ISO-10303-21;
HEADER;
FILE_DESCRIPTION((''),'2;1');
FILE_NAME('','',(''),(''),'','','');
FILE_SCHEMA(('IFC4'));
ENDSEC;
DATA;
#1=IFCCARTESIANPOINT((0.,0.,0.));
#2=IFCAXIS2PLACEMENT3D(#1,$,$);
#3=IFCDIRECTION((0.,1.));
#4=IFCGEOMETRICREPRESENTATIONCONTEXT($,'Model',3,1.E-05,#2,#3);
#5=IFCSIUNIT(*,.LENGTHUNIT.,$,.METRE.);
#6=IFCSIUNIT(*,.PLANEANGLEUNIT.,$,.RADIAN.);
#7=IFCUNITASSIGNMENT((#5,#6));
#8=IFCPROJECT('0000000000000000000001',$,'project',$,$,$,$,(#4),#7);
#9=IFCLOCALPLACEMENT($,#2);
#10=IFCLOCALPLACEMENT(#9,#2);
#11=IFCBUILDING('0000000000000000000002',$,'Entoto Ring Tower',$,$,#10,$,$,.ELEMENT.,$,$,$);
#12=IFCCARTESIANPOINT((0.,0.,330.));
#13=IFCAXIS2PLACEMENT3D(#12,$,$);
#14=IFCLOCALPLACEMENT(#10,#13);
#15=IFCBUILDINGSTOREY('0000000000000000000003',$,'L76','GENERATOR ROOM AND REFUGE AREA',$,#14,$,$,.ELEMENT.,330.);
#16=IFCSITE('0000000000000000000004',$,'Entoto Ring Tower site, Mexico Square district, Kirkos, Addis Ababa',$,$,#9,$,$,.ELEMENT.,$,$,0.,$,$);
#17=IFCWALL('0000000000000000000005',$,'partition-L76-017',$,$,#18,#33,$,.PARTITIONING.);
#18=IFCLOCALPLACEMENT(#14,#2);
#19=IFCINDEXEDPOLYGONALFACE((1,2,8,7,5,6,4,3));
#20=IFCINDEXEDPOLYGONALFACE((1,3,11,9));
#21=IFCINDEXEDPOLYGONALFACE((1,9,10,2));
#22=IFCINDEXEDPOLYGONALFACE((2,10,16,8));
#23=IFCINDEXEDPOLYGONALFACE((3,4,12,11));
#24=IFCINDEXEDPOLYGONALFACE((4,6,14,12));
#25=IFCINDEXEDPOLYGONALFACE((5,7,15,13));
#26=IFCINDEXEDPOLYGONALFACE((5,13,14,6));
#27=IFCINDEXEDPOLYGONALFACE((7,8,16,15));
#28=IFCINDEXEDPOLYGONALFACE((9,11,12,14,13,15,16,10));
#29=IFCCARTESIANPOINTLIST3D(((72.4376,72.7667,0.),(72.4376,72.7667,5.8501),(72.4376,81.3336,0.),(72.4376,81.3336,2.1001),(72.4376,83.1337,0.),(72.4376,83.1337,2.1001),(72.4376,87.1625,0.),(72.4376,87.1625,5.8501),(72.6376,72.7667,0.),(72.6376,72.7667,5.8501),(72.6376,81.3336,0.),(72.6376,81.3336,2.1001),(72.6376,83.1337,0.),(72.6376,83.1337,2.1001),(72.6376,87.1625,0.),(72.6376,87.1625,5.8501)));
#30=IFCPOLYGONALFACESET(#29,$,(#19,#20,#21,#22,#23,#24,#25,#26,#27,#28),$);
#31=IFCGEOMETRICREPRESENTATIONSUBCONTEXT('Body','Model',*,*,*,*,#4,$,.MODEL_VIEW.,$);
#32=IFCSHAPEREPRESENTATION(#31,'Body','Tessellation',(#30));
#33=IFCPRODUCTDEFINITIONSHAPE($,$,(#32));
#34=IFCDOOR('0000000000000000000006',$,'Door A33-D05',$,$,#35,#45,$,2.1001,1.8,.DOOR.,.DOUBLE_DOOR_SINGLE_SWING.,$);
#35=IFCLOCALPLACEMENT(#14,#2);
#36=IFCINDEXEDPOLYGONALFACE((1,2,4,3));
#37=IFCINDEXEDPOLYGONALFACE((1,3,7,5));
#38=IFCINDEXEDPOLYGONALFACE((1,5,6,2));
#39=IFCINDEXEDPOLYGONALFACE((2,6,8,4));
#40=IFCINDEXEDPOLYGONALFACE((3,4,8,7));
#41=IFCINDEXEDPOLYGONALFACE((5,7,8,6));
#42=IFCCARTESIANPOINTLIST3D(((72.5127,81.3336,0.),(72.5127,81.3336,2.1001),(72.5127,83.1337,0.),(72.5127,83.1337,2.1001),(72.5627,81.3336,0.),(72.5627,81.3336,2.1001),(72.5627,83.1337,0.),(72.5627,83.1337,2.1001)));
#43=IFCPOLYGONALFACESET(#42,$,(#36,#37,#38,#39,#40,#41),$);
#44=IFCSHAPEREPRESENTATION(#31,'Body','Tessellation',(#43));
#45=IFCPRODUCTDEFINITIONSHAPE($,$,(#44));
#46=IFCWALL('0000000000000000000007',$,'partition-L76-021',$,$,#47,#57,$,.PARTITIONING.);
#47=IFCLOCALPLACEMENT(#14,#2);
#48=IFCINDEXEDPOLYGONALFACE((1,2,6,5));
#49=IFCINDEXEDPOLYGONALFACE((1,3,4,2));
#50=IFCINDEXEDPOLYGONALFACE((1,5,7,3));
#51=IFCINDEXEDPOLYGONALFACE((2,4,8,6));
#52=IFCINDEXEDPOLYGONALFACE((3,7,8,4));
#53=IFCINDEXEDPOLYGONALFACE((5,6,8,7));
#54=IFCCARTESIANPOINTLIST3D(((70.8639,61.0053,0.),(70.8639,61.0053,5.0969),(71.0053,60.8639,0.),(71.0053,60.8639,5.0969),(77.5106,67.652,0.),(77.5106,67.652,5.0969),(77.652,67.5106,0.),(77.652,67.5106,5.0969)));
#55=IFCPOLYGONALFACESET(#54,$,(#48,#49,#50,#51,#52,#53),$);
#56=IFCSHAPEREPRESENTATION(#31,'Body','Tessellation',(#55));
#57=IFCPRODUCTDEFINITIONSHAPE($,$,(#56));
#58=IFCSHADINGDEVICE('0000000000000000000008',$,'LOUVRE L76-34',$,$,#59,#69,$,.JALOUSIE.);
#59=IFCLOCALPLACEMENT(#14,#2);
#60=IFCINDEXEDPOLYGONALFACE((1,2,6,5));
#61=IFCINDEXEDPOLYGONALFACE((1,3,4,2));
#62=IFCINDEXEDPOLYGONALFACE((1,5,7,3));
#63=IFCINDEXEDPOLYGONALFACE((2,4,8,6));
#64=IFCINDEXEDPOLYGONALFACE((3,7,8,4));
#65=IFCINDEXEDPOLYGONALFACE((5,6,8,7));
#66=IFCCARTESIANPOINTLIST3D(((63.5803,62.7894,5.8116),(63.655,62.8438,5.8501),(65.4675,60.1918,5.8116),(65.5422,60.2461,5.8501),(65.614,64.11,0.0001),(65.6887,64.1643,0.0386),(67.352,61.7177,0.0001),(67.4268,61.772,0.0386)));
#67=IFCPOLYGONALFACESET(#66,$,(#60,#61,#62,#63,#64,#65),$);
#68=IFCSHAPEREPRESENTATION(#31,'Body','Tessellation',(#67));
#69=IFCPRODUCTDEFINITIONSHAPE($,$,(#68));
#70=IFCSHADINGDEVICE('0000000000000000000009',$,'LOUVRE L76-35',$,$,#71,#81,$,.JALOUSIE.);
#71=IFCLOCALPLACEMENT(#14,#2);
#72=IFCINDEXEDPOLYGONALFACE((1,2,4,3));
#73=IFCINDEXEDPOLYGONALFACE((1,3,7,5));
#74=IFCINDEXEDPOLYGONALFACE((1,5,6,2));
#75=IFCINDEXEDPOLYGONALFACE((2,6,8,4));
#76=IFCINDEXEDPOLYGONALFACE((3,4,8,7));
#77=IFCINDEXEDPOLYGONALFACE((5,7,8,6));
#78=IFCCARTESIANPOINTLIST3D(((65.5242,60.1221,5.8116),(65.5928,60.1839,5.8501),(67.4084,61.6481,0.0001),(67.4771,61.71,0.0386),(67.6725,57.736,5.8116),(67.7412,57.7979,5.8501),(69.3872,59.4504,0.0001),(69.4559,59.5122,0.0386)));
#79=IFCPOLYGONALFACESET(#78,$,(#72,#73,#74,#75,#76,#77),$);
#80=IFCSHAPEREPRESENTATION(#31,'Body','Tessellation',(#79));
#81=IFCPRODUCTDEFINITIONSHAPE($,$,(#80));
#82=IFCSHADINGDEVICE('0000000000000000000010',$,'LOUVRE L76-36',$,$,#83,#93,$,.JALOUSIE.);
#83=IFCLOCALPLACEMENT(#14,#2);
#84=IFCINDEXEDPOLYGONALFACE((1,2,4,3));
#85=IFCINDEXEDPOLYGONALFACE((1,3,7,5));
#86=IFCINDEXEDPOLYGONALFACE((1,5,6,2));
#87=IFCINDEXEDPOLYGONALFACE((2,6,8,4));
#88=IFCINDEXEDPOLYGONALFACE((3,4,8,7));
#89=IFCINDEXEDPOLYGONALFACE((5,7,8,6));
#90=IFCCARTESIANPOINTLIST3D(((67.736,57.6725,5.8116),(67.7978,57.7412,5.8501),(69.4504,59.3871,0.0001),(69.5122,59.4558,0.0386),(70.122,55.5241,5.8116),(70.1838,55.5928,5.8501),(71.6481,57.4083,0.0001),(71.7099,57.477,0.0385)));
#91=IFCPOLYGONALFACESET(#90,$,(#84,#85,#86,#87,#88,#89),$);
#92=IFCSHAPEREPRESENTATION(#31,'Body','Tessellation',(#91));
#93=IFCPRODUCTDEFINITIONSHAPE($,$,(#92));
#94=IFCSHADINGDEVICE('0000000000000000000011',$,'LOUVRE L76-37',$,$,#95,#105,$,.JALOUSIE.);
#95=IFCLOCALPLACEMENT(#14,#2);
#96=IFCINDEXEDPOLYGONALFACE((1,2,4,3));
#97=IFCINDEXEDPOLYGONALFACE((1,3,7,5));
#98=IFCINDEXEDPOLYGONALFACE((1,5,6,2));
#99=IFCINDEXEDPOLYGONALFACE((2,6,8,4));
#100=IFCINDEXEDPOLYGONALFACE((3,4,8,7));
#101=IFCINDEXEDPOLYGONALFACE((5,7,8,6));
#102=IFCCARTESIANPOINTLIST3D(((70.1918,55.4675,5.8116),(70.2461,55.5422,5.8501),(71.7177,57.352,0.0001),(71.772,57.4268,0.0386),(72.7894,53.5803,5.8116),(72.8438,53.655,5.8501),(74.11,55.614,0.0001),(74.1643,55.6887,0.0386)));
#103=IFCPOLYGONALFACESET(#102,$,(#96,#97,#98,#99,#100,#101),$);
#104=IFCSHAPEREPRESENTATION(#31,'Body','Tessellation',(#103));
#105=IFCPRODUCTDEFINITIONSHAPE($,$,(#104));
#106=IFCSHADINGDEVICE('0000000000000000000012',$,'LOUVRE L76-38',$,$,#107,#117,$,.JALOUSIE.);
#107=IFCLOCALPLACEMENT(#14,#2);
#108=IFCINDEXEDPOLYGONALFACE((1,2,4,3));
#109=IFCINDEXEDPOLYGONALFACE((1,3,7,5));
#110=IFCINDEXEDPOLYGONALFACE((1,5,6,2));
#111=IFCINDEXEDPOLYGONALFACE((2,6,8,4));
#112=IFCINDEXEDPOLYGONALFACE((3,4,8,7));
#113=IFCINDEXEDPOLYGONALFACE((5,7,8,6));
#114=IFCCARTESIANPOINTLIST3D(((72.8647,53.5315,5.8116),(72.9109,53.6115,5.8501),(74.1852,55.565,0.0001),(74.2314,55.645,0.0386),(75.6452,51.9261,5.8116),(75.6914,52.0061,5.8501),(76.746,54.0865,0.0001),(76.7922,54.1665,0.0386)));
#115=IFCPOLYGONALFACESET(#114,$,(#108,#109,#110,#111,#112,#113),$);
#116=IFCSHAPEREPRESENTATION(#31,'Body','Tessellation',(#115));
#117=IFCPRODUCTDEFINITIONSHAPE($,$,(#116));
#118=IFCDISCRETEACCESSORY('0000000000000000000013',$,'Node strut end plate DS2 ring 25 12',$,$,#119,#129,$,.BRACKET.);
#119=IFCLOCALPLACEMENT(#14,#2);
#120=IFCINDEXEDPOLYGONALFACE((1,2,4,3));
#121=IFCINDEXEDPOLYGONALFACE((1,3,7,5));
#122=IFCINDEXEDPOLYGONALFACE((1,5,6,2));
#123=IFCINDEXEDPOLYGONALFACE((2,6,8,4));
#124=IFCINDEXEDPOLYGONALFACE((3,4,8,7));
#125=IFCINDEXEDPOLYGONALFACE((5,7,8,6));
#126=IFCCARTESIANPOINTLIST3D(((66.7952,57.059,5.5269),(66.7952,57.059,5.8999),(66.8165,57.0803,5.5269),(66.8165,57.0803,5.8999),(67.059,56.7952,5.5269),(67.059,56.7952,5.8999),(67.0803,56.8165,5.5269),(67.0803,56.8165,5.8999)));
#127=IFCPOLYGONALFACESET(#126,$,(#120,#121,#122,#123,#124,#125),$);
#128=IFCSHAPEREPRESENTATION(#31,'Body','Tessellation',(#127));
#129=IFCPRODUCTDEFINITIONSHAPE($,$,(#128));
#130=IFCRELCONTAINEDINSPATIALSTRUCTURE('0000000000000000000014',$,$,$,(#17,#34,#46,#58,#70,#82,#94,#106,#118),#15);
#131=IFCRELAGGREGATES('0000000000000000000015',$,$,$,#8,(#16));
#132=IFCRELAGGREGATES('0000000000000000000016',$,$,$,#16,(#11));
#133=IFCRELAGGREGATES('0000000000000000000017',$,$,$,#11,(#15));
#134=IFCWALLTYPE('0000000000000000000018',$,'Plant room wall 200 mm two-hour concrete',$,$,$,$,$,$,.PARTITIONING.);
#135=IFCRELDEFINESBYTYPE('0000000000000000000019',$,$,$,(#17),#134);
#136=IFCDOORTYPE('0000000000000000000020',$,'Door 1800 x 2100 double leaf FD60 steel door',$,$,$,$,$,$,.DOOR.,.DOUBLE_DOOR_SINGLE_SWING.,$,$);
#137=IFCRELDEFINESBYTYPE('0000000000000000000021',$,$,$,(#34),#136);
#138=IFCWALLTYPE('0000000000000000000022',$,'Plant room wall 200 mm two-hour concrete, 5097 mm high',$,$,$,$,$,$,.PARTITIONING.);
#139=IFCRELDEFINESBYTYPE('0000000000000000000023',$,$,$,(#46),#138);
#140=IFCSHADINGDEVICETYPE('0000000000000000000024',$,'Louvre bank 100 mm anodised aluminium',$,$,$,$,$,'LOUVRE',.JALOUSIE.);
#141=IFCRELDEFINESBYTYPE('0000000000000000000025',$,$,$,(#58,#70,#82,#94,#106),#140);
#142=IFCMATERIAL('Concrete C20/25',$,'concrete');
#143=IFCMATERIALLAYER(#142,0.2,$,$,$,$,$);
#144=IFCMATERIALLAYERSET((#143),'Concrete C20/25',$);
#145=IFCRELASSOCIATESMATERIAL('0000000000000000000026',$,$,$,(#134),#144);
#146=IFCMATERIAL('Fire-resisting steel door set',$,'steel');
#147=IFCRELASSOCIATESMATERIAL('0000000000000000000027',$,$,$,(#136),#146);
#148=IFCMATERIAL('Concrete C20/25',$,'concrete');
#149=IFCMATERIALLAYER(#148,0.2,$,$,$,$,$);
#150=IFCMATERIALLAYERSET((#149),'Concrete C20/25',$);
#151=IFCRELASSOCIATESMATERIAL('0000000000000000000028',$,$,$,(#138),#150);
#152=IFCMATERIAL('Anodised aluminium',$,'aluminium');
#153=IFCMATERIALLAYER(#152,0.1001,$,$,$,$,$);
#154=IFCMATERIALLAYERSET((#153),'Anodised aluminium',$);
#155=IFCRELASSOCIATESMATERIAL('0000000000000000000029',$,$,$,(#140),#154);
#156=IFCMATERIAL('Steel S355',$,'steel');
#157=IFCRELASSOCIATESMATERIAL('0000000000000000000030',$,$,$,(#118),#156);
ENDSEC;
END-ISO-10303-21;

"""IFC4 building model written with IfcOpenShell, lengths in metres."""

from ifc_helpers import new_model, si_unit, direction, frame, frame_2d, origin, origin_2d, place, context, subcontext, project, spatial, polyline, rectangle, outline, extrude, material, layer, layer_set, type_object, element, fill, save


model = new_model("IFC4")

# Units and contexts
model_context = context("Model", 3, precision=1e-05, world=origin(), true_north=direction((0.0, 1.0)))
body_context = subcontext(model_context, "Body", "Model", "MODEL_VIEW")
ifc_project = project(units=[si_unit("LENGTHUNIT", "METRE"), si_unit("PLANEANGLEUNIT", "RADIAN")], contexts=[model_context])

# Site, building, storey
site_placement = place(None, origin())
site = spatial("IfcSite", under=ifc_project, at=site_placement, Name="Entoto Ring Tower site, Mexico Square district, Kirkos, Addis Ababa", CompositionType="ELEMENT", RefElevation=0.0)
building_placement = place(site_placement, origin())
building = spatial("IfcBuilding", under=site, at=building_placement, Name="Entoto Ring Tower", CompositionType="ELEMENT")
storey_placement = place(building_placement, frame((0.0, 0.0, 330.0)))
storey = spatial("IfcBuildingStorey", under=building, at=storey_placement, Name="L76", Description="GENERATOR ROOM AND REFUGE AREA", CompositionType="ELEMENT", Elevation=330.0)

# Shared definitions
ifc_material_1 = material(Name="Concrete C20/25", Category="concrete")
ifc_layer_1 = layer(ifc_material_1, 0.2)
ifc_layer_set_1 = layer_set([ifc_layer_1], Name="Concrete C20/25")
wall_type_1 = type_object("IfcWallType", Name="Plant room wall 200 mm two-hour concrete", PredefinedType="PARTITIONING", material=ifc_layer_set_1)

# Wall, opening, door
wall_1_placement = place(storey_placement, frame((72.5376, 72.7668, 0.0), z_axis=(0.0, 0.0, 1.0), x_axis=(0.0, 1.0, 0.0)))
wall_1 = element("IfcWall", 1, at=wall_1_placement, inside=storey, type_object=wall_type_1, Name="partition-L76-017", PredefinedType="PARTITIONING", context=body_context, shape_type="SweptSolid", body=[
    extrude(rectangle(XDim=14.3958, YDim=0.2, at=frame_2d((7.1978, 0.0))), origin(), (0.0, 0.0, 1.0), 5.8501),
])
opening_placement = place(wall_1_placement, frame((8.5669, 0.0, 0.0)))
opening = element("IfcOpeningElement", 2, at=opening_placement, cuts=wall_1, PredefinedType="OPENING", context=body_context, shape_type="SweptSolid", body=[
    extrude(rectangle(XDim=1.8, YDim=2.1001, at=frame_2d((0.8999, 1.05))), frame((0.0, 0.1099, 0.0), z_axis=(0.0, -1.0, 0.0), x_axis=(1.0, 0.0, 0.0)), (0.0, 0.0, 1.0), 0.22),
])
ifc_material_2 = material(Name="Fire-resisting steel door set", Category="steel")
door_type = type_object("IfcDoorType", Name="Door 1800 x 2100 double leaf FD60 steel door", OperationType="DOUBLE_DOOR_SINGLE_SWING", PredefinedType="DOOR", material=ifc_material_2)
door_placement = place(opening_placement, origin())
door = element("IfcDoor", 3, at=door_placement, inside=storey, type_object=door_type, Name="Door A33-D05", OperationType="DOUBLE_DOOR_SINGLE_SWING", OverallHeight=2.1001, OverallWidth=1.8, PredefinedType="DOOR", context=body_context, shape_type="SweptSolid", body=[
    extrude(rectangle(XDim=1.8, YDim=2.1001, at=frame_2d((0.8999, 1.05))), frame((0.0, 0.0249, 0.0), z_axis=(0.0, -1.0, 0.0), x_axis=(1.0, 0.0, 0.0)), (0.0, 0.0, 1.0), 0.05),
])
fill(opening, door)

# Wall
ifc_material_3 = material(Name="Concrete C20/25", Category="concrete")
ifc_layer_2 = layer(ifc_material_3, 0.2)
ifc_layer_set_2 = layer_set([ifc_layer_2], Name="Concrete C20/25")
wall_type_2 = type_object("IfcWallType", Name="Plant room wall 200 mm two-hour concrete, 5097 mm high", PredefinedType="PARTITIONING", material=ifc_layer_set_2)
wall_2_placement = place(storey_placement, frame((70.9346, 60.9346, 0.0), z_axis=(0.0, 0.0, 1.0), x_axis=(0.707107, 0.707107, 0.0)))
element("IfcWall", 4, at=wall_2_placement, inside=storey, type_object=wall_type_2, Name="partition-L76-021", PredefinedType="PARTITIONING", context=body_context, shape_type="SweptSolid", body=[
    extrude(rectangle(XDim=9.3999, YDim=0.2, at=frame_2d((4.7, 0.0))), origin(), (0.0, 0.0, 1.0), 5.0969),
])

# Shading devices
ifc_material_4 = material(Name="Anodised aluminium", Category="aluminium")
ifc_layer_3 = layer(ifc_material_4, 0.1001)
ifc_layer_set_3 = layer_set([ifc_layer_3], Name="Anodised aluminium")
shading_device_type = type_object("IfcShadingDeviceType", Name="Louvre bank 100 mm anodised aluminium", ElementType="LOUVRE", PredefinedType="JALOUSIE", material=ifc_layer_set_3)
shading_device_1_placement = place(storey_placement, frame((65.6887, 64.1643, 0.0386), z_axis=(0.746798, 0.542551, 0.384619), x_axis=(0.587764, -0.809032, 0.0)))
element("IfcShadingDevice", 5, at=shading_device_1_placement, inside=storey, type_object=shading_device_type, Name="LOUVRE L76-34", PredefinedType="JALOUSIE", context=body_context, shape_type="SweptSolid", body=[
    extrude(outline(polyline([(0.0, 0.0), (2.957, 0.0), (3.0839, -6.2958), (-0.127, -6.2958), (0.0, 0.0)])), origin(), (0.0, 0.0, -1.0), 0.1001),
])
shading_device_2_placement = place(storey_placement, frame((67.4771, 61.71, 0.0386), z_axis=(0.685984, 0.61766, 0.384606), x_axis=(0.669126, -0.743149, 0.000009)))
element("IfcShadingDevice", 6, at=shading_device_2_placement, inside=storey, type_object=shading_device_type, Name="LOUVRE L76-35", PredefinedType="JALOUSIE", context=body_context, shape_type="SweptSolid", body=[
    extrude(outline(polyline([(0.0, 0.0), (2.9573, 0.0), (3.0841, -6.2958), (-0.1266, -6.2958), (0.0, 0.0)])), origin(), (0.0, 0.0, -1.0), 0.1001),
])
shading_device_3_placement = place(storey_placement, frame((69.5122, 59.4558, 0.0386), z_axis=(0.61766, 0.685984, 0.384606), x_axis=(0.743149, -0.669126, -0.000009)))
element("IfcShadingDevice", 7, at=shading_device_3_placement, inside=storey, type_object=shading_device_type, Name="LOUVRE L76-36", PredefinedType="JALOUSIE", context=body_context, shape_type="SweptSolid", body=[
    extrude(outline(polyline([(0.0, 0.0), (2.9573, 0.0), (3.0839, -6.2958), (-0.1268, -6.2958), (0.0, 0.0)])), origin(), (0.0, 0.0, -1.0), 0.1001),
])
shading_device_4_placement = place(storey_placement, frame((71.772, 57.4268, 0.0386), z_axis=(0.542551, 0.746798, 0.384619), x_axis=(0.809032, -0.587764, 0.0)))
element("IfcShadingDevice", 8, at=shading_device_4_placement, inside=storey, type_object=shading_device_type, Name="LOUVRE L76-37", PredefinedType="JALOUSIE", context=body_context, shape_type="SweptSolid", body=[
    extrude(outline(polyline([(0.0, 0.0), (2.957, 0.0), (3.084, -6.2958), (-0.1268, -6.2958), (0.0, 0.0)])), origin(), (0.0, 0.0, -1.0), 0.1001),
])
shading_device_5_placement = place(storey_placement, frame((74.2314, 55.645, 0.0386), z_axis=(0.461562, 0.799403, 0.384598), x_axis=(0.866014, -0.50002, -0.000005)))
element("IfcShadingDevice", 9, at=shading_device_5_placement, inside=storey, type_object=shading_device_type, Name="LOUVRE L76-38", PredefinedType="JALOUSIE", context=body_context, shape_type="SweptSolid", body=[
    extrude(outline(polyline([(0.0, 0.0), (2.957, 0.0), (3.0839, -6.2958), (-0.1269, -6.2958), (0.0, 0.0)])), origin(), (0.0, 0.0, -1.0), 0.1001),
])

# Discrete accessory
ifc_material_5 = material(Name="Steel S355", Category="steel")
discrete_accessory_placement = place(storey_placement, frame((66.9377, 56.9377, 5.5269), z_axis=(0.0, 0.0, 1.0), x_axis=(-0.707107, -0.707107, 0.0)))
element("IfcDiscreteAccessory", 10, at=discrete_accessory_placement, inside=storey, material=ifc_material_5, Name="Node strut end plate DS2 ring 25 12", PredefinedType="BRACKET", context=body_context, shape_type="SweptSolid", body=[
    extrude(rectangle(XDim=0.03, YDim=0.373, at=origin_2d()), origin(), (0.0, 0.0, 1.0), 0.373),
])

save(model, "model.ifc")
